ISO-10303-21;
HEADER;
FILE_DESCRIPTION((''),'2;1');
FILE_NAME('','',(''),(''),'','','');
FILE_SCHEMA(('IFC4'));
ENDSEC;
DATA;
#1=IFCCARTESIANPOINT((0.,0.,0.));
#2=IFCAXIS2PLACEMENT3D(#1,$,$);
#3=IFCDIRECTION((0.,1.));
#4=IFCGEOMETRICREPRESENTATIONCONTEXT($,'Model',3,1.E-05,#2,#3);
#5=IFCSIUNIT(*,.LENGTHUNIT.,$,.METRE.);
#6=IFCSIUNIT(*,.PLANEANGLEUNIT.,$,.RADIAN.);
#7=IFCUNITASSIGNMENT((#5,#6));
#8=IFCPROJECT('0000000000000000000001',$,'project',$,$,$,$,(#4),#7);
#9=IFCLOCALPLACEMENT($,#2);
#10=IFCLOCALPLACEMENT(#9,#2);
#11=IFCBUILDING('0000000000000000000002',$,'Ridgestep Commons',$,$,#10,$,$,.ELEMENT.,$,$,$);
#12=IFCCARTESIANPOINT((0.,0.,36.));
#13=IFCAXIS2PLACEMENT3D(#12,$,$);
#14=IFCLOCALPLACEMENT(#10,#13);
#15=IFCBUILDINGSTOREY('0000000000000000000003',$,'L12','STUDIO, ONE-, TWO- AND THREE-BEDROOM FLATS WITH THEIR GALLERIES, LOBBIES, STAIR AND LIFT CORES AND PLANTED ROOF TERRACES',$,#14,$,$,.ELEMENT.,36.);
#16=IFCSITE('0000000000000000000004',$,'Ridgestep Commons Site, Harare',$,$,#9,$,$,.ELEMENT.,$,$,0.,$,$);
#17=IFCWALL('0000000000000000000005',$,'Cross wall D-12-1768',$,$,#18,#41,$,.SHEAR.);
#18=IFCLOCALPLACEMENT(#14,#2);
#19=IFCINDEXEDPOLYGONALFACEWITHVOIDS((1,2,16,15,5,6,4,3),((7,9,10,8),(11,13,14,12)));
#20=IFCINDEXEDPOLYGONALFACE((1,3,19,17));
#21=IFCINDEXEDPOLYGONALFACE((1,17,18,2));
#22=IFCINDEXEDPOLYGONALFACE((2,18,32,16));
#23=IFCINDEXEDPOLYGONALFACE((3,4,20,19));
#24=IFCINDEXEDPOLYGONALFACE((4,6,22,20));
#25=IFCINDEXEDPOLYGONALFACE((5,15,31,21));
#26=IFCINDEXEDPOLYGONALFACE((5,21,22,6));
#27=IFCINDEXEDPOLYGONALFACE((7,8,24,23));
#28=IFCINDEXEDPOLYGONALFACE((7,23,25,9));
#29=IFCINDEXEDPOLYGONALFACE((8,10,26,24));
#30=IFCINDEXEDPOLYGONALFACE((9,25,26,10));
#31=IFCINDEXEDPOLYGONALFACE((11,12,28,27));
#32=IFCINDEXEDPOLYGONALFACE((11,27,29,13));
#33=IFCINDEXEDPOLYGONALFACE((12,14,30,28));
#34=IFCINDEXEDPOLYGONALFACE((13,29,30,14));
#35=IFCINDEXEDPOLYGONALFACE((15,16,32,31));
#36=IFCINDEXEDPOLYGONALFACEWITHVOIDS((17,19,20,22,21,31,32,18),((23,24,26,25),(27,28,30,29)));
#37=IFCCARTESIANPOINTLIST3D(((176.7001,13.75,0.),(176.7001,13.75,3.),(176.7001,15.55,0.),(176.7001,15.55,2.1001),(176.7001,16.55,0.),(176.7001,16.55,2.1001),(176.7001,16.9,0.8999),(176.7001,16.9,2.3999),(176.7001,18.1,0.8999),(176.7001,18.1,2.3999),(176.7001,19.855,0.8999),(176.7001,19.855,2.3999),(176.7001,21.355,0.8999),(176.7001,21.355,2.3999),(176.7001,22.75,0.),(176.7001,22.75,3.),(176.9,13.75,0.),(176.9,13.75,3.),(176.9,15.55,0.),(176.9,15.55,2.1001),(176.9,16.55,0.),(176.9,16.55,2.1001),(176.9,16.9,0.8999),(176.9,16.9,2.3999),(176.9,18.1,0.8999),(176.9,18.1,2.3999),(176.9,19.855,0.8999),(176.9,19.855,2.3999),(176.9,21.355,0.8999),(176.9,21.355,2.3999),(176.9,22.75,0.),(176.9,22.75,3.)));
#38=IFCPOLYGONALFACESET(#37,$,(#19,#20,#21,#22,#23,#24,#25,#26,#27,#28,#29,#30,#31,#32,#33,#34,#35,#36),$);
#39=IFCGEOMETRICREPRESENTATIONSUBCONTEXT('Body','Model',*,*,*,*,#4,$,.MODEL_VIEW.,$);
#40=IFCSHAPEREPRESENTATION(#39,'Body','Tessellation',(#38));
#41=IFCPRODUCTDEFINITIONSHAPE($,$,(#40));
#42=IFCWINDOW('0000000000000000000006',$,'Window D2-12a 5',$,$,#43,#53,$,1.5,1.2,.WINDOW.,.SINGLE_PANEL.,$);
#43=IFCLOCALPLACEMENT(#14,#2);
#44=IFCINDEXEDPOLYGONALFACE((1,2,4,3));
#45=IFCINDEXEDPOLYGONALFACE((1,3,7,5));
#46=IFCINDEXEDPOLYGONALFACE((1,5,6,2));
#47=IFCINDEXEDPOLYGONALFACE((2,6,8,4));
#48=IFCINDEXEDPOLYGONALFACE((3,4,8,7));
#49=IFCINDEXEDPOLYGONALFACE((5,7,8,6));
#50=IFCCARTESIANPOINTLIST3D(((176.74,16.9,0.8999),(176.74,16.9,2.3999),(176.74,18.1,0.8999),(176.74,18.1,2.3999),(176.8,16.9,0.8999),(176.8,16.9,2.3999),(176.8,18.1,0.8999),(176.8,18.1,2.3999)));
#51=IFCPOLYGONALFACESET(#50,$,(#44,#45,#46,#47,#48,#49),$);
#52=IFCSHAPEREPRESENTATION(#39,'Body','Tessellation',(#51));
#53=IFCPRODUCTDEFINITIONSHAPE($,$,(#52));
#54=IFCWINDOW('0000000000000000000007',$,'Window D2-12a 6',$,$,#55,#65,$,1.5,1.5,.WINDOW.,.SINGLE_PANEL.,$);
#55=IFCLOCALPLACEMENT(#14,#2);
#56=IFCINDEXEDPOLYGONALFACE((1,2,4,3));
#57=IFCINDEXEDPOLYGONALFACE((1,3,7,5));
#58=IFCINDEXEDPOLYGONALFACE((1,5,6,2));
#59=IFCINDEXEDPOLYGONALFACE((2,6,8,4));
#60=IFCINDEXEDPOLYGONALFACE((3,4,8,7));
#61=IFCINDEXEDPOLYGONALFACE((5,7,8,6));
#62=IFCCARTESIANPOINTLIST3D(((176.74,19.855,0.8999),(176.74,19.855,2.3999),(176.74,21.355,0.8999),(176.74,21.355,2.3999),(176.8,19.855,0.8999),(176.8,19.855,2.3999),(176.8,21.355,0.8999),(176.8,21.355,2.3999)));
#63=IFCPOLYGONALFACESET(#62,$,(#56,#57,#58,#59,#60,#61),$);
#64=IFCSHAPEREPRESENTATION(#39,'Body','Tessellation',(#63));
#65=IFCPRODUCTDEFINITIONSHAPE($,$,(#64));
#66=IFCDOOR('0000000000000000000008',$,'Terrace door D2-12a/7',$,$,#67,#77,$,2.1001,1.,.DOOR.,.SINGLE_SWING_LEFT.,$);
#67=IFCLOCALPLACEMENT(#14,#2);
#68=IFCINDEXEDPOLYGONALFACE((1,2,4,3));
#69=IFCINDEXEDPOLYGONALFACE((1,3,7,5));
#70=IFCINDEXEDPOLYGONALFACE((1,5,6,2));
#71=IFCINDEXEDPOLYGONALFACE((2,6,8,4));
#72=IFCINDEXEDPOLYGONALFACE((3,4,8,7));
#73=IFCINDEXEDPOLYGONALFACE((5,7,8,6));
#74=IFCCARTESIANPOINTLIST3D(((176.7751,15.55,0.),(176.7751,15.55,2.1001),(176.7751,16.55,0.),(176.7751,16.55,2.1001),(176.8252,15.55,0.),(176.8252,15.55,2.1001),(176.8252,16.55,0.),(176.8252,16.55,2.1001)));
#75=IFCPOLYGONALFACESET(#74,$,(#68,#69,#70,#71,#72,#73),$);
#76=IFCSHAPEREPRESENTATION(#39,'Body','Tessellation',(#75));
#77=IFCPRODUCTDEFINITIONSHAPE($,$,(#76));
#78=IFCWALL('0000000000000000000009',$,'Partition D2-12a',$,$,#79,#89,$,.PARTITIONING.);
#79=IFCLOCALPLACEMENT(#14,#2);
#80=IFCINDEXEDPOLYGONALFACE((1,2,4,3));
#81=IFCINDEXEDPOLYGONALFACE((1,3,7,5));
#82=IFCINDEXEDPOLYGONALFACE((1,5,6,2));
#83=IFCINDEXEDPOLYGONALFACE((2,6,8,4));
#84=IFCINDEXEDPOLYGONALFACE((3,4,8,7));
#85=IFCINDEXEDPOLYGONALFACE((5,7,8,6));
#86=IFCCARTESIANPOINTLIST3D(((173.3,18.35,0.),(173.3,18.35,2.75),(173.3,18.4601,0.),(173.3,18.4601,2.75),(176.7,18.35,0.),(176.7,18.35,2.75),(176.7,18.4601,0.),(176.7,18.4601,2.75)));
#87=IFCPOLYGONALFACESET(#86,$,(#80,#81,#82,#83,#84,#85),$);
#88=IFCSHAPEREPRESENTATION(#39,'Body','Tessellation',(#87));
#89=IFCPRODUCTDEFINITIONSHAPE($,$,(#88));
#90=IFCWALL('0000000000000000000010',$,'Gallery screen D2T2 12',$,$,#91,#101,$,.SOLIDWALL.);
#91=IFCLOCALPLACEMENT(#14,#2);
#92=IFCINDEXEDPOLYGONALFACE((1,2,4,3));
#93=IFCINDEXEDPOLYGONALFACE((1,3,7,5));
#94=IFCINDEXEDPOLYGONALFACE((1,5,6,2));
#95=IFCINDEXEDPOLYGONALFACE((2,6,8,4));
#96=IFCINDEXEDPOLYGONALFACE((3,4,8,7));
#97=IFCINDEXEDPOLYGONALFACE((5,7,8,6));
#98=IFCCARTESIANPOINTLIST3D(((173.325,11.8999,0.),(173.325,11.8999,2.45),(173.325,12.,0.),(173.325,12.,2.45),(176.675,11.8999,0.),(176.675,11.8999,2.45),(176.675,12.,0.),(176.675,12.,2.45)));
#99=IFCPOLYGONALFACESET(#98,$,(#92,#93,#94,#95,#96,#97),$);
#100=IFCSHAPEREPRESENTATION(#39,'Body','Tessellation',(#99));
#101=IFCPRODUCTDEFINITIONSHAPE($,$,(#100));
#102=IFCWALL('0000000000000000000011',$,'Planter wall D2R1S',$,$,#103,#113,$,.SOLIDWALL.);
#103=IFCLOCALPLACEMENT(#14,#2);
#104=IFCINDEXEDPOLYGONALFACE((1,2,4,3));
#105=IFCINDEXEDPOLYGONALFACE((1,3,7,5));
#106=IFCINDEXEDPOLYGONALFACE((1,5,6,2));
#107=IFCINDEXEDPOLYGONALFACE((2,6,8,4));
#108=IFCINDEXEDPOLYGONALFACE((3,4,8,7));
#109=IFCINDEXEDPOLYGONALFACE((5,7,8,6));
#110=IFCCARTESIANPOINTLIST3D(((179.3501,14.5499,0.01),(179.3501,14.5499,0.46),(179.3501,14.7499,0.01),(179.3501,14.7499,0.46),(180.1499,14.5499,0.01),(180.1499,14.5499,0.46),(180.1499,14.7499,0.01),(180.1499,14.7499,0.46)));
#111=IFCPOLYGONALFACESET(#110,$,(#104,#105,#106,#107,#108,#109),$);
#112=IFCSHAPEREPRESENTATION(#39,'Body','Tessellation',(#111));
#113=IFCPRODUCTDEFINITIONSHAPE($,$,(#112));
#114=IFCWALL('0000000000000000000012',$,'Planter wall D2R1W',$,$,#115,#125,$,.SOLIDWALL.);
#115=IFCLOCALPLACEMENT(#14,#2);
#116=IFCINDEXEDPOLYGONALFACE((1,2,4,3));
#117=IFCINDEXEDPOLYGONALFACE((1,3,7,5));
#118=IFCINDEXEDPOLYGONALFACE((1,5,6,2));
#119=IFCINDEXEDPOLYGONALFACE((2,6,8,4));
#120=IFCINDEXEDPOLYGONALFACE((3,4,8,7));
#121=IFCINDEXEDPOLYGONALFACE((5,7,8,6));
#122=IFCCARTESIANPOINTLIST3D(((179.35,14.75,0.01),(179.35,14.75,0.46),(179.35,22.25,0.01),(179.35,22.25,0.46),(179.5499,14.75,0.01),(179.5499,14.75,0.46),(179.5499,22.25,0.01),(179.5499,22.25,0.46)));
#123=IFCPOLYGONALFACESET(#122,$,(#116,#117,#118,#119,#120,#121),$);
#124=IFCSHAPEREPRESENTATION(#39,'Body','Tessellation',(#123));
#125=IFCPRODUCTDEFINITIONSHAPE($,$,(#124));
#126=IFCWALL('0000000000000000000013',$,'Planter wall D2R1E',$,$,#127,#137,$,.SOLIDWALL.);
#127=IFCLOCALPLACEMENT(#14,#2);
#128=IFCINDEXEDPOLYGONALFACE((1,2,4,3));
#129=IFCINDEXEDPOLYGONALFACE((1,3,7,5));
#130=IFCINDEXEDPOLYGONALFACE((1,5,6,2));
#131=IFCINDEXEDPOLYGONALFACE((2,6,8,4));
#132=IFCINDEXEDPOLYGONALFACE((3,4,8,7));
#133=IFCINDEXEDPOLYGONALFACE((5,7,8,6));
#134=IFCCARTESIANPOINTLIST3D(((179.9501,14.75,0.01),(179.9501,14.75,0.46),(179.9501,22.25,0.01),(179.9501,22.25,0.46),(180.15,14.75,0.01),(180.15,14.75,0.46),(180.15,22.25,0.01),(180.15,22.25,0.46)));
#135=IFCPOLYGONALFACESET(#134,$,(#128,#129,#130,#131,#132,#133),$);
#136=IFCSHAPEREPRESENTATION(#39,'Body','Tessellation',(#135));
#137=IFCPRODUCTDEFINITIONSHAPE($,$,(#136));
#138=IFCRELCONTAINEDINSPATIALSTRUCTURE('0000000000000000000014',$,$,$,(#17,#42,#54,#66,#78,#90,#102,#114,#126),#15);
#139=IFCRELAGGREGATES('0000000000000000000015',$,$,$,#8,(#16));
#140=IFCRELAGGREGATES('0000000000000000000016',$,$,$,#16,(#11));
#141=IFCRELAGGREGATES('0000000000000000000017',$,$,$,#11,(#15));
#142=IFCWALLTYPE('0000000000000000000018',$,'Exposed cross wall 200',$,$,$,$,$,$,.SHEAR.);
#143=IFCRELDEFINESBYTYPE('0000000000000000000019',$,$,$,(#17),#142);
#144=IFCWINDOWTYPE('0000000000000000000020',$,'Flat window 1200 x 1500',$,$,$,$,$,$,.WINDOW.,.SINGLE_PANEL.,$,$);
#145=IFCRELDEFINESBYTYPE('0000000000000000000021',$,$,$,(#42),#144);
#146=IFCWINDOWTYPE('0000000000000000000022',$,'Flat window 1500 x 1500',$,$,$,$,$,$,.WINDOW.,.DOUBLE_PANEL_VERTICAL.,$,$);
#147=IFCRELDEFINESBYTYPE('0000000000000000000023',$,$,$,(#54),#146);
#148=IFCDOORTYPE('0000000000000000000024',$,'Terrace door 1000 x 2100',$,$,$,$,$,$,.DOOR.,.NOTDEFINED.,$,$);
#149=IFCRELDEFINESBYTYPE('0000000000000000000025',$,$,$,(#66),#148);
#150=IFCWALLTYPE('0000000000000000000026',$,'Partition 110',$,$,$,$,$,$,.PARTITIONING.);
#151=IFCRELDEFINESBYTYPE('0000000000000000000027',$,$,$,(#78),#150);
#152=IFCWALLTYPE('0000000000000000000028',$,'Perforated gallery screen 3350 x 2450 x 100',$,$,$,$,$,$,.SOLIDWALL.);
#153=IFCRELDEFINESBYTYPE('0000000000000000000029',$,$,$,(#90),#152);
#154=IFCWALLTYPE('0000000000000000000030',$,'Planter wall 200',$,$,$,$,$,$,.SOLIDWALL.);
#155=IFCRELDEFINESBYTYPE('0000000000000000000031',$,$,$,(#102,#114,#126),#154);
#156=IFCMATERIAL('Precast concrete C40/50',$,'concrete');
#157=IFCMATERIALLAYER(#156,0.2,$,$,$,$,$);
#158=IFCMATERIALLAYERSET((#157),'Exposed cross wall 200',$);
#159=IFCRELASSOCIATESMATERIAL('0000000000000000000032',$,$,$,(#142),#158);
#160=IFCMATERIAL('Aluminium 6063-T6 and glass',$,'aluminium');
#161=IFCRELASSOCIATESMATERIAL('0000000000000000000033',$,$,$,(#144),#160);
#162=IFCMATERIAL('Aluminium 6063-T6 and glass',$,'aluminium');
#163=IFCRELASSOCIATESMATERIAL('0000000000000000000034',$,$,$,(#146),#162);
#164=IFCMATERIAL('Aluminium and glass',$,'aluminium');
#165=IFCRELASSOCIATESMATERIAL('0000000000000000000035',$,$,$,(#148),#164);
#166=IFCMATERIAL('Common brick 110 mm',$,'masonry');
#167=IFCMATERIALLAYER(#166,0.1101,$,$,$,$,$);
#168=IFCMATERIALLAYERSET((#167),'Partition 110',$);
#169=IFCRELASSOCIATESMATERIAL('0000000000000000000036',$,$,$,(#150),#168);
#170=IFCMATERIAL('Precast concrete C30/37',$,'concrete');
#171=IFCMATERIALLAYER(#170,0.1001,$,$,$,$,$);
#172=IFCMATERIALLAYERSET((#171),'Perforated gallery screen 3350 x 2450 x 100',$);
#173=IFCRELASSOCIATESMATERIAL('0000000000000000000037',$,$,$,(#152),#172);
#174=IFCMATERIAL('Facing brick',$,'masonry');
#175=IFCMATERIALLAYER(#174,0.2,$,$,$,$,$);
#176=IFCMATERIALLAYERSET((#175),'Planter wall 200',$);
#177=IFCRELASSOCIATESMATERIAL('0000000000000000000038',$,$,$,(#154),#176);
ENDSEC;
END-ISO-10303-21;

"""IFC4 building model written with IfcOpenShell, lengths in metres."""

from ifc_helpers import new_model, si_unit, direction, frame, frame_2d, origin, place, context, subcontext, project, spatial, rectangle, extrude, material, layer, layer_set, type_object, element, fill, save


model = new_model("IFC4")

# Units and contexts
model_context = context("Model", 3, precision=1e-05, world=origin(), true_north=direction((0.0, 1.0)))
body_context = subcontext(model_context, "Body", "Model", "MODEL_VIEW")
ifc_project = project(units=[si_unit("LENGTHUNIT", "METRE"), si_unit("PLANEANGLEUNIT", "RADIAN")], contexts=[model_context])

# Site, building, storey
site_placement = place(None, origin())
site = spatial("IfcSite", under=ifc_project, at=site_placement, Name="Ridgestep Commons Site, Harare", CompositionType="ELEMENT", RefElevation=0.0)
building_placement = place(site_placement, origin())
building = spatial("IfcBuilding", under=site, at=building_placement, Name="Ridgestep Commons", CompositionType="ELEMENT")
storey_placement = place(building_placement, frame((0.0, 0.0, 36.0)))
storey = spatial("IfcBuildingStorey", under=building, at=storey_placement, Name="L12", Description="STUDIO, ONE-, TWO- AND THREE-BEDROOM FLATS WITH THEIR GALLERIES, LOBBIES, STAIR AND LIFT CORES AND PLANTED ROOF TERRACES", CompositionType="ELEMENT", Elevation=36.0)

# Wall, openings, windows, door
ifc_material_1 = material(Name="Precast concrete C40/50", Category="concrete")
ifc_layer_1 = layer(ifc_material_1, 0.2)
ifc_layer_set_1 = layer_set([ifc_layer_1], Name="Exposed cross wall 200")
wall_type_1 = type_object("IfcWallType", Name="Exposed cross wall 200", PredefinedType="SHEAR", material=ifc_layer_set_1)
wall_1_placement = place(storey_placement, frame((176.8, 13.75, 0.0), z_axis=(0.0, 0.0, 1.0), x_axis=(0.0, 1.0, 0.0)))
wall_1 = element("IfcWall", 1, at=wall_1_placement, inside=storey, type_object=wall_type_1, Name="Cross wall D-12-1768", PredefinedType="SHEAR", context=body_context, shape_type="SweptSolid", body=[
    extrude(rectangle(XDim=9.0, YDim=0.2, at=frame_2d((4.5, 0.0))), origin(), (0.0, 0.0, 1.0), 3.0),
])
opening_1_placement = place(wall_1_placement, frame((3.1499, 0.0, 0.8999)))
opening_1 = element("IfcOpeningElement", 2, at=opening_1_placement, cuts=wall_1, PredefinedType="OPENING", context=body_context, shape_type="SweptSolid", body=[
    extrude(rectangle(XDim=1.2, YDim=1.5, at=frame_2d((0.6001, 0.75))), frame((0.0, 0.1099, 0.0), z_axis=(0.0, -1.0, 0.0), x_axis=(1.0, 0.0, 0.0)), (0.0, 0.0, 1.0), 0.22),
])
opening_2_placement = place(wall_1_placement, frame((6.105, 0.0, 0.8999)))
opening_2 = element("IfcOpeningElement", 3, at=opening_2_placement, cuts=wall_1, PredefinedType="OPENING", context=body_context, shape_type="SweptSolid", body=[
    extrude(rectangle(XDim=1.5, YDim=1.5, at=frame_2d((0.75, 0.75))), frame((0.0, 0.1099, 0.0), z_axis=(0.0, -1.0, 0.0), x_axis=(1.0, 0.0, 0.0)), (0.0, 0.0, 1.0), 0.22),
])
opening_3_placement = place(wall_1_placement, frame((1.8, 0.0, 0.0)))
opening_3 = element("IfcOpeningElement", 4, at=opening_3_placement, cuts=wall_1, PredefinedType="OPENING", context=body_context, shape_type="SweptSolid", body=[
    extrude(rectangle(XDim=1.0, YDim=2.1001, at=frame_2d((0.5, 1.05))), frame((0.0, 0.1099, 0.0), z_axis=(0.0, -1.0, 0.0), x_axis=(1.0, 0.0, 0.0)), (0.0, 0.0, 1.0), 0.22),
])
ifc_material_2 = material(Name="Aluminium 6063-T6 and glass", Category="aluminium")
window_type_1 = type_object("IfcWindowType", Name="Flat window 1200 x 1500", PartitioningType="SINGLE_PANEL", PredefinedType="WINDOW", material=ifc_material_2)
window_1_placement = place(opening_1_placement, origin())
window_1 = element("IfcWindow", 5, at=window_1_placement, inside=storey, type_object=window_type_1, Name="Window D2-12a 5", OverallHeight=1.5, OverallWidth=1.2, PartitioningType="SINGLE_PANEL", PredefinedType="WINDOW", context=body_context, shape_type="SweptSolid", body=[
    extrude(rectangle(XDim=1.2, YDim=1.5, at=frame_2d((0.6001, 0.75))), frame((0.0, 0.0601, 0.0), z_axis=(0.0, -1.0, 0.0), x_axis=(1.0, 0.0, 0.0)), (0.0, 0.0, 1.0), 0.0601),
])
fill(opening_1, window_1)
ifc_material_3 = material(Name="Aluminium 6063-T6 and glass", Category="aluminium")
window_type_2 = type_object("IfcWindowType", Name="Flat window 1500 x 1500", PartitioningType="DOUBLE_PANEL_VERTICAL", PredefinedType="WINDOW", material=ifc_material_3)
window_2_placement = place(opening_2_placement, origin())
window_2 = element("IfcWindow", 6, at=window_2_placement, inside=storey, type_object=window_type_2, Name="Window D2-12a 6", OverallHeight=1.5, OverallWidth=1.5, PartitioningType="SINGLE_PANEL", PredefinedType="WINDOW", context=body_context, shape_type="SweptSolid", body=[
    extrude(rectangle(XDim=1.5, YDim=1.5, at=frame_2d((0.75, 0.75))), frame((0.0, 0.0601, 0.0), z_axis=(0.0, -1.0, 0.0), x_axis=(1.0, 0.0, 0.0)), (0.0, 0.0, 1.0), 0.0601),
])
fill(opening_2, window_2)
ifc_material_4 = material(Name="Aluminium and glass", Category="aluminium")
door_type_1 = type_object("IfcDoorType", Name="Terrace door 1000 x 2100", OperationType="NOTDEFINED", PredefinedType="DOOR", material=ifc_material_4)
door_1_placement = place(opening_3_placement, origin())
door_1 = element("IfcDoor", 7, at=door_1_placement, inside=storey, type_object=door_type_1, Name="Terrace door D2-12a/7", OperationType="SINGLE_SWING_LEFT", OverallHeight=2.1001, OverallWidth=1.0, PredefinedType="DOOR", context=body_context, shape_type="SweptSolid", body=[
    extrude(rectangle(XDim=1.0, YDim=2.1001, at=frame_2d((0.5, 1.05))), frame((0.0, 0.0249, 0.0), z_axis=(0.0, -1.0, 0.0), x_axis=(1.0, 0.0, 0.0)), (0.0, 0.0, 1.0), 0.05),
])
fill(opening_3, door_1)

# Walls
ifc_material_5 = material(Name="Common brick 110 mm", Category="masonry")
ifc_layer_2 = layer(ifc_material_5, 0.1101)
ifc_layer_set_2 = layer_set([ifc_layer_2], Name="Partition 110")
wall_type_2 = type_object("IfcWallType", Name="Partition 110", PredefinedType="PARTITIONING", material=ifc_layer_set_2)
wall_2_placement = place(storey_placement, frame((173.3, 18.405, 0.0), z_axis=(0.0, 0.0, 1.0), x_axis=(1.0, 0.0, 0.0)))
element("IfcWall", 8, at=wall_2_placement, inside=storey, type_object=wall_type_2, Name="Partition D2-12a", PredefinedType="PARTITIONING", context=body_context, shape_type="SweptSolid", body=[
    extrude(rectangle(XDim=3.3999, YDim=0.1101, at=frame_2d((1.7, 0.0))), origin(), (0.0, 0.0, 1.0), 2.75),
])
ifc_material_6 = material(Name="Precast concrete C30/37", Category="concrete")
ifc_layer_3 = layer(ifc_material_6, 0.1001)
ifc_layer_set_3 = layer_set([ifc_layer_3], Name="Perforated gallery screen 3350 x 2450 x 100")
wall_type_3 = type_object("IfcWallType", Name="Perforated gallery screen 3350 x 2450 x 100", PredefinedType="SOLIDWALL", material=ifc_layer_set_3)
wall_3_placement = place(storey_placement, frame((173.325, 11.95, 0.0), z_axis=(0.0, 0.0, 1.0), x_axis=(1.0, 0.0, 0.0)))
element("IfcWall", 9, at=wall_3_placement, inside=storey, type_object=wall_type_3, Name="Gallery screen D2T2 12", PredefinedType="SOLIDWALL", context=body_context, shape_type="SweptSolid", body=[
    extrude(rectangle(XDim=3.3501, YDim=0.1001, at=frame_2d((1.675, 0.0))), origin(), (0.0, 0.0, 1.0), 2.45),
])
ifc_material_7 = material(Name="Facing brick", Category="masonry")
ifc_layer_4 = layer(ifc_material_7, 0.2)
ifc_layer_set_4 = layer_set([ifc_layer_4], Name="Planter wall 200")
wall_type_4 = type_object("IfcWallType", Name="Planter wall 200", PredefinedType="SOLIDWALL", material=ifc_layer_set_4)
wall_4_placement = place(storey_placement, frame((179.3501, 14.6499, 0.01), z_axis=(0.0, 0.0, 1.0), x_axis=(1.0, 0.0, 0.0)))
element("IfcWall", 10, at=wall_4_placement, inside=storey, type_object=wall_type_4, Name="Planter wall D2R1S", PredefinedType="SOLIDWALL", context=body_context, shape_type="SweptSolid", body=[
    extrude(rectangle(XDim=0.7998, YDim=0.2, at=frame_2d((0.3999, 0.0))), origin(), (0.0, 0.0, 1.0), 0.45),
])
for number, where, z_axis, x_axis, name in (
    (11, (179.45, 14.75, 0.01), (0.0, 0.0, 1.0), (0.0, 1.0, 0.0), "Planter wall D2R1W"),
    (12, (180.05, 14.75, 0.01), (0.0, 0.0, 1.0), (0.0, 1.0, 0.0), "Planter wall D2R1E"),
):
    element("IfcWall", number, at=place(storey_placement, frame(where, z_axis=z_axis, x_axis=x_axis)), inside=storey, type_object=wall_type_4, Name=name, PredefinedType="SOLIDWALL", context=body_context, shape_type="SweptSolid", body=[
        extrude(rectangle(XDim=7.5, YDim=0.2, at=frame_2d((3.75, 0.0))), origin(), (0.0, 0.0, 1.0), 0.45),
    ])

save(model, "model.ifc")
